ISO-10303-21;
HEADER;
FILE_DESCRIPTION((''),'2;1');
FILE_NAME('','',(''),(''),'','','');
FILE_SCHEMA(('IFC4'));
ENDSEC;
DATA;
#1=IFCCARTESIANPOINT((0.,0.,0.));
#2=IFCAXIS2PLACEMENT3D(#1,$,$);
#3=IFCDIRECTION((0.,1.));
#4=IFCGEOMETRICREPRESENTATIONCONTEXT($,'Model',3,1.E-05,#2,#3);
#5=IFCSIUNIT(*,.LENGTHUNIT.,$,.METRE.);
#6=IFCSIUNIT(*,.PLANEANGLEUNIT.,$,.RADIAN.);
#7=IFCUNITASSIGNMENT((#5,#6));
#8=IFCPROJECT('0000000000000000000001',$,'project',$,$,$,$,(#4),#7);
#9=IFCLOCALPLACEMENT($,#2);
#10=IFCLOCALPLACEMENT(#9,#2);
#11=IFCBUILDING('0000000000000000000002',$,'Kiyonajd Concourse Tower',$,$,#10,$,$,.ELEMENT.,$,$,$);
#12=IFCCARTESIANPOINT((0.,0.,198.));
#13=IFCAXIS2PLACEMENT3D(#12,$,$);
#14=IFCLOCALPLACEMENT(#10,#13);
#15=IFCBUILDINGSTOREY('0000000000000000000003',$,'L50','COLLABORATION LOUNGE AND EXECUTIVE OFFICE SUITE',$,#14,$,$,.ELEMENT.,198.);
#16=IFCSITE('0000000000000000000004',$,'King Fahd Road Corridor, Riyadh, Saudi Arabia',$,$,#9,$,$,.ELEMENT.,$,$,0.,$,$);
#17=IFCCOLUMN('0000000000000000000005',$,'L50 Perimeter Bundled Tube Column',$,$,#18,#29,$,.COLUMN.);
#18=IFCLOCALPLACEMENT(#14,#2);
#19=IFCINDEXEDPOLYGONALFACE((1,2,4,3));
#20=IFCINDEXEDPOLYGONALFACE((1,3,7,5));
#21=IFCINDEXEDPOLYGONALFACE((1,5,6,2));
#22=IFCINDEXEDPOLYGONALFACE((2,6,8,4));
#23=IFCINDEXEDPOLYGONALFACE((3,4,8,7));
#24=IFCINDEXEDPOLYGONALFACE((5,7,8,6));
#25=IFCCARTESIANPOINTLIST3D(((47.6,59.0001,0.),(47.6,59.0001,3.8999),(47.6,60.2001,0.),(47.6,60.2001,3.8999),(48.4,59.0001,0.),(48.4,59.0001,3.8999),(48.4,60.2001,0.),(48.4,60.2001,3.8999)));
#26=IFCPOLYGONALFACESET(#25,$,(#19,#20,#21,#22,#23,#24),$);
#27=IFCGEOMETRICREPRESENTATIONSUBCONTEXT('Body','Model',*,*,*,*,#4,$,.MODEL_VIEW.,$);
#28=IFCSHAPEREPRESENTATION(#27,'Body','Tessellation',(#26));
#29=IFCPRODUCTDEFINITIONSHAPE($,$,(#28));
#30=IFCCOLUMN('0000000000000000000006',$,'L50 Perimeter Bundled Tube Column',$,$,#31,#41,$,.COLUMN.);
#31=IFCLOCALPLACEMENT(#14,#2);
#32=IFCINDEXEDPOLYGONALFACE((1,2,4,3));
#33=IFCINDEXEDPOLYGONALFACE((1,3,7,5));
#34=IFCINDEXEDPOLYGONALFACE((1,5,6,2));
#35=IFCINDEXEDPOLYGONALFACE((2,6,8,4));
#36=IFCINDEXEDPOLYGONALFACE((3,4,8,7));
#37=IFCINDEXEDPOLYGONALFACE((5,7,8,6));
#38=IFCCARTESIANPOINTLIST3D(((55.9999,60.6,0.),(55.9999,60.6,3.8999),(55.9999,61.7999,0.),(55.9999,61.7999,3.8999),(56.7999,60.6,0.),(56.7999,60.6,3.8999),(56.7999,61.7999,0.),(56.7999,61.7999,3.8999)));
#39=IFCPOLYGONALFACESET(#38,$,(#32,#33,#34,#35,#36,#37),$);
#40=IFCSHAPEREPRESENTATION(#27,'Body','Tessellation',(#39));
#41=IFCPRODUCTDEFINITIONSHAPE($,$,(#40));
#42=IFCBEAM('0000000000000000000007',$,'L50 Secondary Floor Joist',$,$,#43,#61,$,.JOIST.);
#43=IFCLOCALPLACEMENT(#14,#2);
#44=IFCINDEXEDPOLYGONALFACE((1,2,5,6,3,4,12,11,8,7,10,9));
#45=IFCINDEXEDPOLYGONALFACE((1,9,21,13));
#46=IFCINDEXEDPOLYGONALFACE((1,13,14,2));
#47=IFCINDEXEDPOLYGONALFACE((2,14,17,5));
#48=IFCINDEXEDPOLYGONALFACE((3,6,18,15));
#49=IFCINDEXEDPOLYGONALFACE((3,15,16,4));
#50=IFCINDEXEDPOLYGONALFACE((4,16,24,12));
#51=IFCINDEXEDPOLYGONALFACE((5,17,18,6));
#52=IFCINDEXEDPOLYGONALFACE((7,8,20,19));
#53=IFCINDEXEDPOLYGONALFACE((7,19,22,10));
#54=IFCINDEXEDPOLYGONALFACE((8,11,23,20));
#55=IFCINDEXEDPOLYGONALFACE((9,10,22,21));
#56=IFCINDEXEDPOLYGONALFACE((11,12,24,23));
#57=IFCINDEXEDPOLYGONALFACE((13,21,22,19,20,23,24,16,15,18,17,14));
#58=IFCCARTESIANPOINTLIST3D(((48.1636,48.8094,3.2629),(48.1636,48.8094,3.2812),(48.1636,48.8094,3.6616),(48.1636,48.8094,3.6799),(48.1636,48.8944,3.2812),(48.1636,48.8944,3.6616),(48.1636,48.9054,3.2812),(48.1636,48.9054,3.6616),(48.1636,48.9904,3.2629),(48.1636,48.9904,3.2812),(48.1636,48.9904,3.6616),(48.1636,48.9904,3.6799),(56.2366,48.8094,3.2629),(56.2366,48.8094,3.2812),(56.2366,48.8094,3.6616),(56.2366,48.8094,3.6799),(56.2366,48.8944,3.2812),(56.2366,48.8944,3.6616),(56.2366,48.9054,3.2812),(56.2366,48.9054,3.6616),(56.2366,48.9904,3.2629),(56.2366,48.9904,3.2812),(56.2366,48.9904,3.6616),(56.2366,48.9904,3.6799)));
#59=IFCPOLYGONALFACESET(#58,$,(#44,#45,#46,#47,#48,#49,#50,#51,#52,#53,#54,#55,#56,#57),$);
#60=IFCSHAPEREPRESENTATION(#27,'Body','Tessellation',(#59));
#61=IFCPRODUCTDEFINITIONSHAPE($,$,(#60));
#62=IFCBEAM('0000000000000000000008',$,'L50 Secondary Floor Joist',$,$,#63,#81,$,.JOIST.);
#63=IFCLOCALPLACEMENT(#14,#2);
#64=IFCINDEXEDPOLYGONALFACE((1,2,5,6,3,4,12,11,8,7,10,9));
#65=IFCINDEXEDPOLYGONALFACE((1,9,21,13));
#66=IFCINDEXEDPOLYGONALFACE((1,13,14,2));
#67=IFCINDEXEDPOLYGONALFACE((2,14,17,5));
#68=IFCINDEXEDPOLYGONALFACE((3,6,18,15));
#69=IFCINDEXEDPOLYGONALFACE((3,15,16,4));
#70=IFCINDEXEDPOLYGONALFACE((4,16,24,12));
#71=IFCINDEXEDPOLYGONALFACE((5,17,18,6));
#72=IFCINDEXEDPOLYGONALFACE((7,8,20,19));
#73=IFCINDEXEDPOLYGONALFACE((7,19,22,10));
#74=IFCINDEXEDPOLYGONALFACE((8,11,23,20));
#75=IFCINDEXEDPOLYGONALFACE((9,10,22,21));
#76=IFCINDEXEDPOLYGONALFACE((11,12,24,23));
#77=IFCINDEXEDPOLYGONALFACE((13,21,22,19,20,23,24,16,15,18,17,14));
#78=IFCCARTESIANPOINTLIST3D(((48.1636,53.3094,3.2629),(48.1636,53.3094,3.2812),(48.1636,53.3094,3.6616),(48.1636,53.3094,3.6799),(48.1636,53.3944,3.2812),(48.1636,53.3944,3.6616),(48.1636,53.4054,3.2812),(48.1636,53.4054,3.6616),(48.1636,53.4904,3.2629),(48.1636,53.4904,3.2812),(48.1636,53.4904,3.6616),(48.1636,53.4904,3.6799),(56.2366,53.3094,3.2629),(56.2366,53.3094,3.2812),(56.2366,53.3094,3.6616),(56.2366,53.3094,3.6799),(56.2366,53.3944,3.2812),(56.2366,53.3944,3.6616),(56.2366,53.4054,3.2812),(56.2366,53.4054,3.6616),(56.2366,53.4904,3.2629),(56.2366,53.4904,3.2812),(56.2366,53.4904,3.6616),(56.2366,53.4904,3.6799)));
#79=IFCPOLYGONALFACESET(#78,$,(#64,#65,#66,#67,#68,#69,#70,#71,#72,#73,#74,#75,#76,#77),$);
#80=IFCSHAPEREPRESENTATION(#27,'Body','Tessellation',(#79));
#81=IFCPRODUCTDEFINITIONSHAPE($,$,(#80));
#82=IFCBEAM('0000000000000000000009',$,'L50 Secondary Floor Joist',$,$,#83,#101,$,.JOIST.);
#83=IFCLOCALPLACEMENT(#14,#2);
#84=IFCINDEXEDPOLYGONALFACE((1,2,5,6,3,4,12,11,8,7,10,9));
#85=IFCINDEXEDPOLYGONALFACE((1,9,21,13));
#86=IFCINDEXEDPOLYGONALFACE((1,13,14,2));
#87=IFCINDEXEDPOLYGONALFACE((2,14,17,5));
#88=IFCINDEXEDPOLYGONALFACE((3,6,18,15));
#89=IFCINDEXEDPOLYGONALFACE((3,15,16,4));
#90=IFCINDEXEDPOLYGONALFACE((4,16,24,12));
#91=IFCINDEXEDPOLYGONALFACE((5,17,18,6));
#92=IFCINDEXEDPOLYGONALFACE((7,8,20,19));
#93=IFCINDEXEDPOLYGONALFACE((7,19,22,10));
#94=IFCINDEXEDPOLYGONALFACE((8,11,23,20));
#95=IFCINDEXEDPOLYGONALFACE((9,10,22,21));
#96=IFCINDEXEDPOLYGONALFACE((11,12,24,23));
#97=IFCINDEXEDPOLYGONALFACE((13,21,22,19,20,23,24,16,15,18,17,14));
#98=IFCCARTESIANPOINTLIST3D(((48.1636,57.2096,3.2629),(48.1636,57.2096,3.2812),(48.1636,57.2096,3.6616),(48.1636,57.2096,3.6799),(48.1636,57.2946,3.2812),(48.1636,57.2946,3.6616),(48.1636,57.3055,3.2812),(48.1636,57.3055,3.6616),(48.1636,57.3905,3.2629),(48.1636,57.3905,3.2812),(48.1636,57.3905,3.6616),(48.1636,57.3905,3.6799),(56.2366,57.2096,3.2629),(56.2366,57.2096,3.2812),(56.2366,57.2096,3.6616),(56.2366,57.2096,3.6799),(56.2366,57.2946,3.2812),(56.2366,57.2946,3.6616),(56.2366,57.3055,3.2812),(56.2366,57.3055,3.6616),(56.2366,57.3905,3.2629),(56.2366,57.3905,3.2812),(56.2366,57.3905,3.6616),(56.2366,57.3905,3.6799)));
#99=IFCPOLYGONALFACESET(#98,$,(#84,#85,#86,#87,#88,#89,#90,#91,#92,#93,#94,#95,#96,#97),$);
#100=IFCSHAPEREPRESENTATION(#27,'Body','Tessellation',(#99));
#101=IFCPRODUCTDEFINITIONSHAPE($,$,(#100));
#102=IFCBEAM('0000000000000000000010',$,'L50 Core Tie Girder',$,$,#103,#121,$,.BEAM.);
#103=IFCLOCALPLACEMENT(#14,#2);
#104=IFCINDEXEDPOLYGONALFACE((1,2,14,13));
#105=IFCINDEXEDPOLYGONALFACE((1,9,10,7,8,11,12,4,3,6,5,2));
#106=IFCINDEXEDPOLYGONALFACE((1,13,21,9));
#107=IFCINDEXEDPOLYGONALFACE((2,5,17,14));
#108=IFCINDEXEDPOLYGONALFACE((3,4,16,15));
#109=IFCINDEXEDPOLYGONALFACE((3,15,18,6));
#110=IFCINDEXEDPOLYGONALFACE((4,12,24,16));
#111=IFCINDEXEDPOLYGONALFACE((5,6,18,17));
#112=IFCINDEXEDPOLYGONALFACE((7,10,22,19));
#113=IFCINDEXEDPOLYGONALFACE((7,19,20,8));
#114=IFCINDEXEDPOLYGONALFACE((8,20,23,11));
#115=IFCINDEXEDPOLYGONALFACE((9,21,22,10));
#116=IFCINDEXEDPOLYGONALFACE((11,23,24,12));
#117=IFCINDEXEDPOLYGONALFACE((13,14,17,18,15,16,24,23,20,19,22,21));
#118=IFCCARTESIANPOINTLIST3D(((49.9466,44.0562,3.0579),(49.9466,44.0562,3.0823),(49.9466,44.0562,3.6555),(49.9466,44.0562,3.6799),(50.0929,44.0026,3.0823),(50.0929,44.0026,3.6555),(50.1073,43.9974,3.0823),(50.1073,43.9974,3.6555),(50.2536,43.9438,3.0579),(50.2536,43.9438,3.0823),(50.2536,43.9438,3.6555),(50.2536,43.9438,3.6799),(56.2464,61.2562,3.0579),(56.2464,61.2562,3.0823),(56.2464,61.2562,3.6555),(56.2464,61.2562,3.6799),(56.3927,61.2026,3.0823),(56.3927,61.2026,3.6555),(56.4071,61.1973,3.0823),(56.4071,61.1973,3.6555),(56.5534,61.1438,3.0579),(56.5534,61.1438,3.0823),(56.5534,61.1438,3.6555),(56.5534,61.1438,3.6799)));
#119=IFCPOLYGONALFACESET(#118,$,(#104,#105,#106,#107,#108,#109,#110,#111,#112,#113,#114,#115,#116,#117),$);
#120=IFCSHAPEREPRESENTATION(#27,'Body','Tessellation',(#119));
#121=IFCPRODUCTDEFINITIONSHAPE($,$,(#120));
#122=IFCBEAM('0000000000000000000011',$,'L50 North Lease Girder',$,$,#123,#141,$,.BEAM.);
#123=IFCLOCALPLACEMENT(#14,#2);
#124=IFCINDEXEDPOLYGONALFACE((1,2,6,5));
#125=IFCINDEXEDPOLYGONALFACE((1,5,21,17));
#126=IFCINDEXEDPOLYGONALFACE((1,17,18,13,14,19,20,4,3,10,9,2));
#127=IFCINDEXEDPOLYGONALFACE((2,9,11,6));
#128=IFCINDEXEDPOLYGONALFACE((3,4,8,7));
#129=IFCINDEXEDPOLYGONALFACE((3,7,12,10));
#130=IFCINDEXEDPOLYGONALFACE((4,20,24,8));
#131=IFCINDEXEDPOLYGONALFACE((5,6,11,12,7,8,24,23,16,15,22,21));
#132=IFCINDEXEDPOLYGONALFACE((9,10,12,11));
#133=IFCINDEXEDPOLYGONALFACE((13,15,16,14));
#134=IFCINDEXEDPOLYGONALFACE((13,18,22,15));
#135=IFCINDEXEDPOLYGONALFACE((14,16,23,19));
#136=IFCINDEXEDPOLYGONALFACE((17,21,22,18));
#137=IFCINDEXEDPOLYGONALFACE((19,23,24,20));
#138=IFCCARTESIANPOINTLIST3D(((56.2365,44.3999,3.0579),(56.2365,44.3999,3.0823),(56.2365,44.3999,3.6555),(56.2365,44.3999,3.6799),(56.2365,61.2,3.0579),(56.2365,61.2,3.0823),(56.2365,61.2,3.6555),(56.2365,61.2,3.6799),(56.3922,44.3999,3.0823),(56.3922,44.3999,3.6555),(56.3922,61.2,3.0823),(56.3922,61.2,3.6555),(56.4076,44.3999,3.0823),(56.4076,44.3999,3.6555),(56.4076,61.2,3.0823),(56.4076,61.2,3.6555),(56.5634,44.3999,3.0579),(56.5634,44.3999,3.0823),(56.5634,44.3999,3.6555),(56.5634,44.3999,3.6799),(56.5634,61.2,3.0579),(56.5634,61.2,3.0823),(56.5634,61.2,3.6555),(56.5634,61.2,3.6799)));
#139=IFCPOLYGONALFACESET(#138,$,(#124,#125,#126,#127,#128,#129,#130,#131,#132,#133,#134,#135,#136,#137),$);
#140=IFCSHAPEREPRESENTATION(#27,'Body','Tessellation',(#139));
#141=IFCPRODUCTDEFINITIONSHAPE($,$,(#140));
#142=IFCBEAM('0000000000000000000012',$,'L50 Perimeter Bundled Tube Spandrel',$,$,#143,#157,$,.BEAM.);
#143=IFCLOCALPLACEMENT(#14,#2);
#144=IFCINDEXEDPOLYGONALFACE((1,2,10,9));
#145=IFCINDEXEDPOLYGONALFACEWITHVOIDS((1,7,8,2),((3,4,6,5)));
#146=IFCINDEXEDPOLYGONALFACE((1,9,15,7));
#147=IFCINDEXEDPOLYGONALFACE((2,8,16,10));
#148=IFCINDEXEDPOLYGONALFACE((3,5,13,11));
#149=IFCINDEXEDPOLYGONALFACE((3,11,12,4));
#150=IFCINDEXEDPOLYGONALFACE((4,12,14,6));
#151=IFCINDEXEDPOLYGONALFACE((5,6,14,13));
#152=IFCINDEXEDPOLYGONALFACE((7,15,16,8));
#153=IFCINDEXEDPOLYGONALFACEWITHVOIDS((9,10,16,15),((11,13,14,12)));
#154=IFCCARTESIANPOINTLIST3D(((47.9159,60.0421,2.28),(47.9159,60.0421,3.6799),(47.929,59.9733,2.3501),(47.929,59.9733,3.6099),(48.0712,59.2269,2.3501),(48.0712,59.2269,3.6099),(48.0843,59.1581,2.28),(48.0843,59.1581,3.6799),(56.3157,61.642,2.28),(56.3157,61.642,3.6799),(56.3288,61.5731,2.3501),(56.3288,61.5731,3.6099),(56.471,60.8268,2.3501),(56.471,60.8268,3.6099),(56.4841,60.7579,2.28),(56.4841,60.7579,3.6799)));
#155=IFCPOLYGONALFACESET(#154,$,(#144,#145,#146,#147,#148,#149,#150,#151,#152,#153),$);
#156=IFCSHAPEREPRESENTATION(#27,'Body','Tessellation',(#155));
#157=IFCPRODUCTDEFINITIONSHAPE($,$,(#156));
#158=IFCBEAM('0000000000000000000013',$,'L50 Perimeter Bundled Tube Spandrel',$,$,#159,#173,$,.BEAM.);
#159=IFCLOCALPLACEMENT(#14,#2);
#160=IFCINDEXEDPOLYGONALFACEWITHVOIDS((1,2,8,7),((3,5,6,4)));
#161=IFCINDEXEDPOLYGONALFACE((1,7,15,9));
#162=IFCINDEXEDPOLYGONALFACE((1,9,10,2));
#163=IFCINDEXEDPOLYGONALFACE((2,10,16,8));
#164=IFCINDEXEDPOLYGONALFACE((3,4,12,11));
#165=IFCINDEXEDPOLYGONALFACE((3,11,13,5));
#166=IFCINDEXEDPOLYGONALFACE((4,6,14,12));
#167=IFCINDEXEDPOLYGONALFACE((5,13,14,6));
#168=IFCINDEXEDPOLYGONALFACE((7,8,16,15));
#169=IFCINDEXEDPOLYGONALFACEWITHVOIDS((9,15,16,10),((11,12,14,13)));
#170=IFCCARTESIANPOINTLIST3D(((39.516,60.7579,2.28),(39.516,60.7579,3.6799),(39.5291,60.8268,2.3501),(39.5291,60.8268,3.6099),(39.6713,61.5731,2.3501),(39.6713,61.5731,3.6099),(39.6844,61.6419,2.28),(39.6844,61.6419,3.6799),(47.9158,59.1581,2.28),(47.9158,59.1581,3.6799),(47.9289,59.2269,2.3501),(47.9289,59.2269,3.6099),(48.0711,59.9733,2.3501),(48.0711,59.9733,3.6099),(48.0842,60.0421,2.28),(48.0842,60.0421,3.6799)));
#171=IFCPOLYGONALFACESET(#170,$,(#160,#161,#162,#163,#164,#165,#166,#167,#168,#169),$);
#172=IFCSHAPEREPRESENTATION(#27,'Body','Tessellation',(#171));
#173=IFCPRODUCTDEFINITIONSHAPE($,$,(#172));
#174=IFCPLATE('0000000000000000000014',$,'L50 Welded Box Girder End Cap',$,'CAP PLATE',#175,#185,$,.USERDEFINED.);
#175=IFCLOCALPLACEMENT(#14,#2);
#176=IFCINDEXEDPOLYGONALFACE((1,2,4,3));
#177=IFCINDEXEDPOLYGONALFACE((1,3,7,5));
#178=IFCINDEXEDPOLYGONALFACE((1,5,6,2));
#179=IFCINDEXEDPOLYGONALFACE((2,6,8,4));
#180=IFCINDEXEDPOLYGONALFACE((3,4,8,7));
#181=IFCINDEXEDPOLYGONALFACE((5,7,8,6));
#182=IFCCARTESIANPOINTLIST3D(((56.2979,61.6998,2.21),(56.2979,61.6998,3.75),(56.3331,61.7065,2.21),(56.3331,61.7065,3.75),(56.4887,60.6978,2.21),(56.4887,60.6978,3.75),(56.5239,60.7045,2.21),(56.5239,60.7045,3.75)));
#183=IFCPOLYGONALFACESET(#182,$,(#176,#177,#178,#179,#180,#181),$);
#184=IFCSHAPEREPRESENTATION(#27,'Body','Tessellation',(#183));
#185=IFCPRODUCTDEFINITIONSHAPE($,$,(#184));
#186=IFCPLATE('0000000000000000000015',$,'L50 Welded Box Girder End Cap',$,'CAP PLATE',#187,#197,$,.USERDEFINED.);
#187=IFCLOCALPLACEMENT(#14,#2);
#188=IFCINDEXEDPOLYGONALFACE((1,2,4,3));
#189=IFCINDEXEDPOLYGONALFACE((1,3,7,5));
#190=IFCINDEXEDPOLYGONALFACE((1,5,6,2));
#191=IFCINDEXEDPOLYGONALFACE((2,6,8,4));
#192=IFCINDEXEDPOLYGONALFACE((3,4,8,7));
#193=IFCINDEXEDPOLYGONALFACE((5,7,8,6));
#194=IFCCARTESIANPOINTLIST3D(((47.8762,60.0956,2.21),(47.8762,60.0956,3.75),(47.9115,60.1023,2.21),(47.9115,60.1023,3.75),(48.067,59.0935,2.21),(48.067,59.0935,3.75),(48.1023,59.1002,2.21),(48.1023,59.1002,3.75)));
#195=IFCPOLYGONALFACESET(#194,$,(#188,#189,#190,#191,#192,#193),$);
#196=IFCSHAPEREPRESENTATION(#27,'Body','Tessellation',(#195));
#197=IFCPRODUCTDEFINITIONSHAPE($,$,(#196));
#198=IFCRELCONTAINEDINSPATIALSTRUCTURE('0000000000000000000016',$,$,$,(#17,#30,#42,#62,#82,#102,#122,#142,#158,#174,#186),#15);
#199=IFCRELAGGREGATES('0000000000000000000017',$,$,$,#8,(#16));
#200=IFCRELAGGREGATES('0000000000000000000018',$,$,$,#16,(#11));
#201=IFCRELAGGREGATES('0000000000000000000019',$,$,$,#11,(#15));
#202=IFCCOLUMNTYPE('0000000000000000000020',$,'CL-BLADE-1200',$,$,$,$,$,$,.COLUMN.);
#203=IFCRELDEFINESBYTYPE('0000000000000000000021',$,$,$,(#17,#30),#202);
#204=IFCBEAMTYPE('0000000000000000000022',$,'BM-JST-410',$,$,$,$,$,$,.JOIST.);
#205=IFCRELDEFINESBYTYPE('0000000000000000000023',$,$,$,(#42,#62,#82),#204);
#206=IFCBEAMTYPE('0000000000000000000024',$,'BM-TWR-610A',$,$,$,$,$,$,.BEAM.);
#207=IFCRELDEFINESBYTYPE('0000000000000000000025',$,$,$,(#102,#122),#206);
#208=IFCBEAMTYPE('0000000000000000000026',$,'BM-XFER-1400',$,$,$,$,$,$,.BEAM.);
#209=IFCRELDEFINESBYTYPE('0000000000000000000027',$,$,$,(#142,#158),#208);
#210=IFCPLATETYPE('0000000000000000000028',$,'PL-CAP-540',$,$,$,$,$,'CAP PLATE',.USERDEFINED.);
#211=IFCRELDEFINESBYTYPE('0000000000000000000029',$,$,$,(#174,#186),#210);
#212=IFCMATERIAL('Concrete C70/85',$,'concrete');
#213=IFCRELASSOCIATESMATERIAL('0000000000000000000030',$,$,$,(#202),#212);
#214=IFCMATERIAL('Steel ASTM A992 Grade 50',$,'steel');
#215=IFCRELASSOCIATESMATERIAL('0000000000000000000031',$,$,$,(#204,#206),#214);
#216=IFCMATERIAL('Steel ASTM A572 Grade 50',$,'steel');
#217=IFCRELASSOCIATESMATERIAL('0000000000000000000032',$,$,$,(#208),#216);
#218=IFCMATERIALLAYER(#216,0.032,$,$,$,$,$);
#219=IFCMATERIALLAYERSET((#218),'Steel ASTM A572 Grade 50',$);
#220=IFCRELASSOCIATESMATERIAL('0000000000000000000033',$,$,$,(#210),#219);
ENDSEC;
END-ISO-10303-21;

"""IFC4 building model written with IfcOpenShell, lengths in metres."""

from ifc_helpers import new_model, si_unit, direction, frame, origin, origin_2d, place, context, subcontext, project, spatial, rectangle, hollow_rectangle, i_section, extrude, material, layer, layer_set, material_profile, profile_set, type_object, element, save


model = new_model("IFC4")

# Units and contexts
model_context = context("Model", 3, precision=1e-05, world=origin(), true_north=direction((0.0, 1.0)))
body_context = subcontext(model_context, "Body", "Model", "MODEL_VIEW")
ifc_project = project(units=[si_unit("LENGTHUNIT", "METRE"), si_unit("PLANEANGLEUNIT", "RADIAN")], contexts=[model_context])

# Site, building, storey
site_placement = place(None, origin())
site = spatial("IfcSite", under=ifc_project, at=site_placement, Name="King Fahd Road Corridor, Riyadh, Saudi Arabia", CompositionType="ELEMENT", RefElevation=0.0)
building_placement = place(site_placement, origin())
building = spatial("IfcBuilding", under=site, at=building_placement, Name="Kiyonajd Concourse Tower", CompositionType="ELEMENT")
storey_placement = place(building_placement, frame((0.0, 0.0, 198.0)))
storey = spatial("IfcBuildingStorey", under=building, at=storey_placement, Name="L50", Description="COLLABORATION LOUNGE AND EXECUTIVE OFFICE SUITE", CompositionType="ELEMENT", Elevation=198.0)

# Columns
ifc_material_1 = material(Name="Concrete C70/85", Category="concrete")
ifc_material_profile_1 = material_profile(ifc_material_1, rectangle(XDim=0.8, YDim=1.2, at=origin_2d()), Name="RC-1200x800")
ifc_profile_set_1 = profile_set([ifc_material_profile_1], Name="Concrete C70/85")
column_type = type_object("IfcColumnType", Name="CL-BLADE-1200", PredefinedType="COLUMN", material=ifc_profile_set_1)
for number, where, z_axis, x_axis, name in (
    (1, (48.0, 59.6001, 0.0), (0.0, 0.0, 1.0), (1.0, 0.0, 0.0), "L50 Perimeter Bundled Tube Column"),
    (2, (56.3999, 61.2, 0.0), (0.0, 0.0, 1.0), (1.0, 0.0, 0.0), "L50 Perimeter Bundled Tube Column"),
):
    element("IfcColumn", number, at=place(storey_placement, frame(where, z_axis=z_axis, x_axis=x_axis)), inside=storey, type_object=column_type, Name=name, PredefinedType="COLUMN", context=body_context, shape_type="SweptSolid", body=[
        extrude(rectangle(XDim=0.8, YDim=1.2, at=origin_2d()), origin(), (0.0, 0.0, 1.0), 3.8999),
    ])

# Beams
ifc_material_2 = material(Name="Steel ASTM A992 Grade 50", Category="steel")
ifc_material_profile_2 = material_profile(ifc_material_2, i_section(OverallWidth=0.1809, OverallDepth=0.417, WebThickness=0.011, FlangeThickness=0.0183, at=origin_2d()), Name="W410X85")
ifc_profile_set_2 = profile_set([ifc_material_profile_2], Name="Steel ASTM A992 Grade 50")
beam_type_1 = type_object("IfcBeamType", Name="BM-JST-410", PredefinedType="JOIST", material=ifc_profile_set_2)
for number, where, z_axis, x_axis, name in (
    (3, (48.1636, 48.8999, 3.4714), (1.0, 0.0, 0.0), (0.0, 1.0, 0.0), "L50 Secondary Floor Joist"),
    (4, (48.1636, 53.3999, 3.4714), (1.0, 0.0, 0.0), (0.0, 1.0, 0.0), "L50 Secondary Floor Joist"),
    (5, (48.1636, 57.3, 3.4714), (1.0, 0.0, 0.0), (0.0, 1.0, 0.0), "L50 Secondary Floor Joist"),
):
    element("IfcBeam", number, at=place(storey_placement, frame(where, z_axis=z_axis, x_axis=x_axis)), inside=storey, type_object=beam_type_1, Name=name, PredefinedType="JOIST", context=body_context, shape_type="SweptSolid", body=[
        extrude(i_section(OverallWidth=0.1809, OverallDepth=0.417, WebThickness=0.011, FlangeThickness=0.0183, at=origin_2d()), origin(), (0.0, 0.0, 1.0), 8.073),
    ])
ifc_material_profile_3 = material_profile(ifc_material_2, i_section(OverallWidth=0.3269, OverallDepth=0.6221, WebThickness=0.0154, FlangeThickness=0.0244, at=origin_2d()), Name="W610X195")
ifc_profile_set_3 = profile_set([ifc_material_profile_3], Name="Steel ASTM A992 Grade 50")
beam_type_2 = type_object("IfcBeamType", Name="BM-TWR-610A", PredefinedType="BEAM", material=ifc_profile_set_3)
beam_1_placement = place(storey_placement, frame((50.1001, 44.0, 3.3689), z_axis=(0.343925, 0.938997, 0.0), x_axis=(-0.938997, 0.343925, 0.0)))
element("IfcBeam", 6, at=beam_1_placement, inside=storey, type_object=beam_type_2, Name="L50 Core Tie Girder", PredefinedType="BEAM", context=body_context, shape_type="SweptSolid", body=[
    extrude(i_section(OverallWidth=0.3269, OverallDepth=0.6221, WebThickness=0.0154, FlangeThickness=0.0244, at=origin_2d()), origin(), (0.0, 0.0, 1.0), 18.3174),
])
beam_2_placement = place(storey_placement, frame((56.3999, 44.3999, 3.3689), z_axis=(0.0, 1.0, 0.0), x_axis=(-1.0, 0.0, 0.0)))
element("IfcBeam", 7, at=beam_2_placement, inside=storey, type_object=beam_type_2, Name="L50 North Lease Girder", PredefinedType="BEAM", context=body_context, shape_type="SweptSolid", body=[
    extrude(i_section(OverallWidth=0.3269, OverallDepth=0.6221, WebThickness=0.0154, FlangeThickness=0.0244, at=origin_2d()), origin(), (0.0, 0.0, 1.0), 16.8),
])
ifc_material_3 = material(Name="Steel ASTM A572 Grade 50", Category="steel")
ifc_material_profile_4 = material_profile(ifc_material_3, hollow_rectangle(XDim=0.8999, YDim=1.3999, WallThickness=0.0701, at=origin_2d()), Name="BOX-1400x900x70")
ifc_profile_set_4 = profile_set([ifc_material_profile_4], Name="Steel ASTM A572 Grade 50")
beam_type_3 = type_object("IfcBeamType", Name="BM-XFER-1400", PredefinedType="BEAM", material=ifc_profile_set_4)
for number, where, z_axis, x_axis, name in (
    (8, (56.3999, 61.2, 2.98), (-0.982341, -0.187098, 0.0), (0.187098, -0.982341, 0.0), "L50 Perimeter Bundled Tube Spandrel"),
    (9, (48.0, 59.6001, 2.98), (-0.982341, 0.187098, 0.0), (-0.187098, -0.982341, 0.0), "L50 Perimeter Bundled Tube Spandrel"),
):
    element("IfcBeam", number, at=place(storey_placement, frame(where, z_axis=z_axis, x_axis=x_axis)), inside=storey, type_object=beam_type_3, Name=name, PredefinedType="BEAM", context=body_context, shape_type="SweptSolid", body=[
        extrude(hollow_rectangle(XDim=0.8999, YDim=1.3999, WallThickness=0.0701, at=origin_2d()), origin(), (0.0, 0.0, 1.0), 8.5508),
    ])

# Plates
ifc_layer_1 = layer(ifc_material_3, 0.032)
ifc_layer_set_1 = layer_set([ifc_layer_1], Name="Steel ASTM A572 Grade 50")
plate_type_1 = type_object("IfcPlateType", Name="PL-CAP-540", ElementType="CAP PLATE", PredefinedType="USERDEFINED", material=ifc_layer_set_1)
for number, where, z_axis, x_axis, name in (
    (10, (56.4109, 61.2021, 2.21), (0.0, 0.0, 1.0), (0.982353, 0.187038, 0.0), "L50 Welded Box Girder End Cap"),
    (11, (47.9893, 59.5979, 2.21), (0.0, 0.0, 1.0), (-0.982353, -0.187038, 0.0), "L50 Welded Box Girder End Cap"),
):
    element("IfcPlate", number, at=place(storey_placement, frame(where, z_axis=z_axis, x_axis=x_axis)), inside=storey, type_object=plate_type_1, Name=name, ObjectType="CAP PLATE", PredefinedType="USERDEFINED", context=body_context, shape_type="SweptSolid", body=[
        extrude(rectangle(XDim=0.0359, YDim=1.02, at=origin_2d()), origin(), (0.0, 0.0, 1.0), 1.54),
    ])

save(model, "model.ifc")
